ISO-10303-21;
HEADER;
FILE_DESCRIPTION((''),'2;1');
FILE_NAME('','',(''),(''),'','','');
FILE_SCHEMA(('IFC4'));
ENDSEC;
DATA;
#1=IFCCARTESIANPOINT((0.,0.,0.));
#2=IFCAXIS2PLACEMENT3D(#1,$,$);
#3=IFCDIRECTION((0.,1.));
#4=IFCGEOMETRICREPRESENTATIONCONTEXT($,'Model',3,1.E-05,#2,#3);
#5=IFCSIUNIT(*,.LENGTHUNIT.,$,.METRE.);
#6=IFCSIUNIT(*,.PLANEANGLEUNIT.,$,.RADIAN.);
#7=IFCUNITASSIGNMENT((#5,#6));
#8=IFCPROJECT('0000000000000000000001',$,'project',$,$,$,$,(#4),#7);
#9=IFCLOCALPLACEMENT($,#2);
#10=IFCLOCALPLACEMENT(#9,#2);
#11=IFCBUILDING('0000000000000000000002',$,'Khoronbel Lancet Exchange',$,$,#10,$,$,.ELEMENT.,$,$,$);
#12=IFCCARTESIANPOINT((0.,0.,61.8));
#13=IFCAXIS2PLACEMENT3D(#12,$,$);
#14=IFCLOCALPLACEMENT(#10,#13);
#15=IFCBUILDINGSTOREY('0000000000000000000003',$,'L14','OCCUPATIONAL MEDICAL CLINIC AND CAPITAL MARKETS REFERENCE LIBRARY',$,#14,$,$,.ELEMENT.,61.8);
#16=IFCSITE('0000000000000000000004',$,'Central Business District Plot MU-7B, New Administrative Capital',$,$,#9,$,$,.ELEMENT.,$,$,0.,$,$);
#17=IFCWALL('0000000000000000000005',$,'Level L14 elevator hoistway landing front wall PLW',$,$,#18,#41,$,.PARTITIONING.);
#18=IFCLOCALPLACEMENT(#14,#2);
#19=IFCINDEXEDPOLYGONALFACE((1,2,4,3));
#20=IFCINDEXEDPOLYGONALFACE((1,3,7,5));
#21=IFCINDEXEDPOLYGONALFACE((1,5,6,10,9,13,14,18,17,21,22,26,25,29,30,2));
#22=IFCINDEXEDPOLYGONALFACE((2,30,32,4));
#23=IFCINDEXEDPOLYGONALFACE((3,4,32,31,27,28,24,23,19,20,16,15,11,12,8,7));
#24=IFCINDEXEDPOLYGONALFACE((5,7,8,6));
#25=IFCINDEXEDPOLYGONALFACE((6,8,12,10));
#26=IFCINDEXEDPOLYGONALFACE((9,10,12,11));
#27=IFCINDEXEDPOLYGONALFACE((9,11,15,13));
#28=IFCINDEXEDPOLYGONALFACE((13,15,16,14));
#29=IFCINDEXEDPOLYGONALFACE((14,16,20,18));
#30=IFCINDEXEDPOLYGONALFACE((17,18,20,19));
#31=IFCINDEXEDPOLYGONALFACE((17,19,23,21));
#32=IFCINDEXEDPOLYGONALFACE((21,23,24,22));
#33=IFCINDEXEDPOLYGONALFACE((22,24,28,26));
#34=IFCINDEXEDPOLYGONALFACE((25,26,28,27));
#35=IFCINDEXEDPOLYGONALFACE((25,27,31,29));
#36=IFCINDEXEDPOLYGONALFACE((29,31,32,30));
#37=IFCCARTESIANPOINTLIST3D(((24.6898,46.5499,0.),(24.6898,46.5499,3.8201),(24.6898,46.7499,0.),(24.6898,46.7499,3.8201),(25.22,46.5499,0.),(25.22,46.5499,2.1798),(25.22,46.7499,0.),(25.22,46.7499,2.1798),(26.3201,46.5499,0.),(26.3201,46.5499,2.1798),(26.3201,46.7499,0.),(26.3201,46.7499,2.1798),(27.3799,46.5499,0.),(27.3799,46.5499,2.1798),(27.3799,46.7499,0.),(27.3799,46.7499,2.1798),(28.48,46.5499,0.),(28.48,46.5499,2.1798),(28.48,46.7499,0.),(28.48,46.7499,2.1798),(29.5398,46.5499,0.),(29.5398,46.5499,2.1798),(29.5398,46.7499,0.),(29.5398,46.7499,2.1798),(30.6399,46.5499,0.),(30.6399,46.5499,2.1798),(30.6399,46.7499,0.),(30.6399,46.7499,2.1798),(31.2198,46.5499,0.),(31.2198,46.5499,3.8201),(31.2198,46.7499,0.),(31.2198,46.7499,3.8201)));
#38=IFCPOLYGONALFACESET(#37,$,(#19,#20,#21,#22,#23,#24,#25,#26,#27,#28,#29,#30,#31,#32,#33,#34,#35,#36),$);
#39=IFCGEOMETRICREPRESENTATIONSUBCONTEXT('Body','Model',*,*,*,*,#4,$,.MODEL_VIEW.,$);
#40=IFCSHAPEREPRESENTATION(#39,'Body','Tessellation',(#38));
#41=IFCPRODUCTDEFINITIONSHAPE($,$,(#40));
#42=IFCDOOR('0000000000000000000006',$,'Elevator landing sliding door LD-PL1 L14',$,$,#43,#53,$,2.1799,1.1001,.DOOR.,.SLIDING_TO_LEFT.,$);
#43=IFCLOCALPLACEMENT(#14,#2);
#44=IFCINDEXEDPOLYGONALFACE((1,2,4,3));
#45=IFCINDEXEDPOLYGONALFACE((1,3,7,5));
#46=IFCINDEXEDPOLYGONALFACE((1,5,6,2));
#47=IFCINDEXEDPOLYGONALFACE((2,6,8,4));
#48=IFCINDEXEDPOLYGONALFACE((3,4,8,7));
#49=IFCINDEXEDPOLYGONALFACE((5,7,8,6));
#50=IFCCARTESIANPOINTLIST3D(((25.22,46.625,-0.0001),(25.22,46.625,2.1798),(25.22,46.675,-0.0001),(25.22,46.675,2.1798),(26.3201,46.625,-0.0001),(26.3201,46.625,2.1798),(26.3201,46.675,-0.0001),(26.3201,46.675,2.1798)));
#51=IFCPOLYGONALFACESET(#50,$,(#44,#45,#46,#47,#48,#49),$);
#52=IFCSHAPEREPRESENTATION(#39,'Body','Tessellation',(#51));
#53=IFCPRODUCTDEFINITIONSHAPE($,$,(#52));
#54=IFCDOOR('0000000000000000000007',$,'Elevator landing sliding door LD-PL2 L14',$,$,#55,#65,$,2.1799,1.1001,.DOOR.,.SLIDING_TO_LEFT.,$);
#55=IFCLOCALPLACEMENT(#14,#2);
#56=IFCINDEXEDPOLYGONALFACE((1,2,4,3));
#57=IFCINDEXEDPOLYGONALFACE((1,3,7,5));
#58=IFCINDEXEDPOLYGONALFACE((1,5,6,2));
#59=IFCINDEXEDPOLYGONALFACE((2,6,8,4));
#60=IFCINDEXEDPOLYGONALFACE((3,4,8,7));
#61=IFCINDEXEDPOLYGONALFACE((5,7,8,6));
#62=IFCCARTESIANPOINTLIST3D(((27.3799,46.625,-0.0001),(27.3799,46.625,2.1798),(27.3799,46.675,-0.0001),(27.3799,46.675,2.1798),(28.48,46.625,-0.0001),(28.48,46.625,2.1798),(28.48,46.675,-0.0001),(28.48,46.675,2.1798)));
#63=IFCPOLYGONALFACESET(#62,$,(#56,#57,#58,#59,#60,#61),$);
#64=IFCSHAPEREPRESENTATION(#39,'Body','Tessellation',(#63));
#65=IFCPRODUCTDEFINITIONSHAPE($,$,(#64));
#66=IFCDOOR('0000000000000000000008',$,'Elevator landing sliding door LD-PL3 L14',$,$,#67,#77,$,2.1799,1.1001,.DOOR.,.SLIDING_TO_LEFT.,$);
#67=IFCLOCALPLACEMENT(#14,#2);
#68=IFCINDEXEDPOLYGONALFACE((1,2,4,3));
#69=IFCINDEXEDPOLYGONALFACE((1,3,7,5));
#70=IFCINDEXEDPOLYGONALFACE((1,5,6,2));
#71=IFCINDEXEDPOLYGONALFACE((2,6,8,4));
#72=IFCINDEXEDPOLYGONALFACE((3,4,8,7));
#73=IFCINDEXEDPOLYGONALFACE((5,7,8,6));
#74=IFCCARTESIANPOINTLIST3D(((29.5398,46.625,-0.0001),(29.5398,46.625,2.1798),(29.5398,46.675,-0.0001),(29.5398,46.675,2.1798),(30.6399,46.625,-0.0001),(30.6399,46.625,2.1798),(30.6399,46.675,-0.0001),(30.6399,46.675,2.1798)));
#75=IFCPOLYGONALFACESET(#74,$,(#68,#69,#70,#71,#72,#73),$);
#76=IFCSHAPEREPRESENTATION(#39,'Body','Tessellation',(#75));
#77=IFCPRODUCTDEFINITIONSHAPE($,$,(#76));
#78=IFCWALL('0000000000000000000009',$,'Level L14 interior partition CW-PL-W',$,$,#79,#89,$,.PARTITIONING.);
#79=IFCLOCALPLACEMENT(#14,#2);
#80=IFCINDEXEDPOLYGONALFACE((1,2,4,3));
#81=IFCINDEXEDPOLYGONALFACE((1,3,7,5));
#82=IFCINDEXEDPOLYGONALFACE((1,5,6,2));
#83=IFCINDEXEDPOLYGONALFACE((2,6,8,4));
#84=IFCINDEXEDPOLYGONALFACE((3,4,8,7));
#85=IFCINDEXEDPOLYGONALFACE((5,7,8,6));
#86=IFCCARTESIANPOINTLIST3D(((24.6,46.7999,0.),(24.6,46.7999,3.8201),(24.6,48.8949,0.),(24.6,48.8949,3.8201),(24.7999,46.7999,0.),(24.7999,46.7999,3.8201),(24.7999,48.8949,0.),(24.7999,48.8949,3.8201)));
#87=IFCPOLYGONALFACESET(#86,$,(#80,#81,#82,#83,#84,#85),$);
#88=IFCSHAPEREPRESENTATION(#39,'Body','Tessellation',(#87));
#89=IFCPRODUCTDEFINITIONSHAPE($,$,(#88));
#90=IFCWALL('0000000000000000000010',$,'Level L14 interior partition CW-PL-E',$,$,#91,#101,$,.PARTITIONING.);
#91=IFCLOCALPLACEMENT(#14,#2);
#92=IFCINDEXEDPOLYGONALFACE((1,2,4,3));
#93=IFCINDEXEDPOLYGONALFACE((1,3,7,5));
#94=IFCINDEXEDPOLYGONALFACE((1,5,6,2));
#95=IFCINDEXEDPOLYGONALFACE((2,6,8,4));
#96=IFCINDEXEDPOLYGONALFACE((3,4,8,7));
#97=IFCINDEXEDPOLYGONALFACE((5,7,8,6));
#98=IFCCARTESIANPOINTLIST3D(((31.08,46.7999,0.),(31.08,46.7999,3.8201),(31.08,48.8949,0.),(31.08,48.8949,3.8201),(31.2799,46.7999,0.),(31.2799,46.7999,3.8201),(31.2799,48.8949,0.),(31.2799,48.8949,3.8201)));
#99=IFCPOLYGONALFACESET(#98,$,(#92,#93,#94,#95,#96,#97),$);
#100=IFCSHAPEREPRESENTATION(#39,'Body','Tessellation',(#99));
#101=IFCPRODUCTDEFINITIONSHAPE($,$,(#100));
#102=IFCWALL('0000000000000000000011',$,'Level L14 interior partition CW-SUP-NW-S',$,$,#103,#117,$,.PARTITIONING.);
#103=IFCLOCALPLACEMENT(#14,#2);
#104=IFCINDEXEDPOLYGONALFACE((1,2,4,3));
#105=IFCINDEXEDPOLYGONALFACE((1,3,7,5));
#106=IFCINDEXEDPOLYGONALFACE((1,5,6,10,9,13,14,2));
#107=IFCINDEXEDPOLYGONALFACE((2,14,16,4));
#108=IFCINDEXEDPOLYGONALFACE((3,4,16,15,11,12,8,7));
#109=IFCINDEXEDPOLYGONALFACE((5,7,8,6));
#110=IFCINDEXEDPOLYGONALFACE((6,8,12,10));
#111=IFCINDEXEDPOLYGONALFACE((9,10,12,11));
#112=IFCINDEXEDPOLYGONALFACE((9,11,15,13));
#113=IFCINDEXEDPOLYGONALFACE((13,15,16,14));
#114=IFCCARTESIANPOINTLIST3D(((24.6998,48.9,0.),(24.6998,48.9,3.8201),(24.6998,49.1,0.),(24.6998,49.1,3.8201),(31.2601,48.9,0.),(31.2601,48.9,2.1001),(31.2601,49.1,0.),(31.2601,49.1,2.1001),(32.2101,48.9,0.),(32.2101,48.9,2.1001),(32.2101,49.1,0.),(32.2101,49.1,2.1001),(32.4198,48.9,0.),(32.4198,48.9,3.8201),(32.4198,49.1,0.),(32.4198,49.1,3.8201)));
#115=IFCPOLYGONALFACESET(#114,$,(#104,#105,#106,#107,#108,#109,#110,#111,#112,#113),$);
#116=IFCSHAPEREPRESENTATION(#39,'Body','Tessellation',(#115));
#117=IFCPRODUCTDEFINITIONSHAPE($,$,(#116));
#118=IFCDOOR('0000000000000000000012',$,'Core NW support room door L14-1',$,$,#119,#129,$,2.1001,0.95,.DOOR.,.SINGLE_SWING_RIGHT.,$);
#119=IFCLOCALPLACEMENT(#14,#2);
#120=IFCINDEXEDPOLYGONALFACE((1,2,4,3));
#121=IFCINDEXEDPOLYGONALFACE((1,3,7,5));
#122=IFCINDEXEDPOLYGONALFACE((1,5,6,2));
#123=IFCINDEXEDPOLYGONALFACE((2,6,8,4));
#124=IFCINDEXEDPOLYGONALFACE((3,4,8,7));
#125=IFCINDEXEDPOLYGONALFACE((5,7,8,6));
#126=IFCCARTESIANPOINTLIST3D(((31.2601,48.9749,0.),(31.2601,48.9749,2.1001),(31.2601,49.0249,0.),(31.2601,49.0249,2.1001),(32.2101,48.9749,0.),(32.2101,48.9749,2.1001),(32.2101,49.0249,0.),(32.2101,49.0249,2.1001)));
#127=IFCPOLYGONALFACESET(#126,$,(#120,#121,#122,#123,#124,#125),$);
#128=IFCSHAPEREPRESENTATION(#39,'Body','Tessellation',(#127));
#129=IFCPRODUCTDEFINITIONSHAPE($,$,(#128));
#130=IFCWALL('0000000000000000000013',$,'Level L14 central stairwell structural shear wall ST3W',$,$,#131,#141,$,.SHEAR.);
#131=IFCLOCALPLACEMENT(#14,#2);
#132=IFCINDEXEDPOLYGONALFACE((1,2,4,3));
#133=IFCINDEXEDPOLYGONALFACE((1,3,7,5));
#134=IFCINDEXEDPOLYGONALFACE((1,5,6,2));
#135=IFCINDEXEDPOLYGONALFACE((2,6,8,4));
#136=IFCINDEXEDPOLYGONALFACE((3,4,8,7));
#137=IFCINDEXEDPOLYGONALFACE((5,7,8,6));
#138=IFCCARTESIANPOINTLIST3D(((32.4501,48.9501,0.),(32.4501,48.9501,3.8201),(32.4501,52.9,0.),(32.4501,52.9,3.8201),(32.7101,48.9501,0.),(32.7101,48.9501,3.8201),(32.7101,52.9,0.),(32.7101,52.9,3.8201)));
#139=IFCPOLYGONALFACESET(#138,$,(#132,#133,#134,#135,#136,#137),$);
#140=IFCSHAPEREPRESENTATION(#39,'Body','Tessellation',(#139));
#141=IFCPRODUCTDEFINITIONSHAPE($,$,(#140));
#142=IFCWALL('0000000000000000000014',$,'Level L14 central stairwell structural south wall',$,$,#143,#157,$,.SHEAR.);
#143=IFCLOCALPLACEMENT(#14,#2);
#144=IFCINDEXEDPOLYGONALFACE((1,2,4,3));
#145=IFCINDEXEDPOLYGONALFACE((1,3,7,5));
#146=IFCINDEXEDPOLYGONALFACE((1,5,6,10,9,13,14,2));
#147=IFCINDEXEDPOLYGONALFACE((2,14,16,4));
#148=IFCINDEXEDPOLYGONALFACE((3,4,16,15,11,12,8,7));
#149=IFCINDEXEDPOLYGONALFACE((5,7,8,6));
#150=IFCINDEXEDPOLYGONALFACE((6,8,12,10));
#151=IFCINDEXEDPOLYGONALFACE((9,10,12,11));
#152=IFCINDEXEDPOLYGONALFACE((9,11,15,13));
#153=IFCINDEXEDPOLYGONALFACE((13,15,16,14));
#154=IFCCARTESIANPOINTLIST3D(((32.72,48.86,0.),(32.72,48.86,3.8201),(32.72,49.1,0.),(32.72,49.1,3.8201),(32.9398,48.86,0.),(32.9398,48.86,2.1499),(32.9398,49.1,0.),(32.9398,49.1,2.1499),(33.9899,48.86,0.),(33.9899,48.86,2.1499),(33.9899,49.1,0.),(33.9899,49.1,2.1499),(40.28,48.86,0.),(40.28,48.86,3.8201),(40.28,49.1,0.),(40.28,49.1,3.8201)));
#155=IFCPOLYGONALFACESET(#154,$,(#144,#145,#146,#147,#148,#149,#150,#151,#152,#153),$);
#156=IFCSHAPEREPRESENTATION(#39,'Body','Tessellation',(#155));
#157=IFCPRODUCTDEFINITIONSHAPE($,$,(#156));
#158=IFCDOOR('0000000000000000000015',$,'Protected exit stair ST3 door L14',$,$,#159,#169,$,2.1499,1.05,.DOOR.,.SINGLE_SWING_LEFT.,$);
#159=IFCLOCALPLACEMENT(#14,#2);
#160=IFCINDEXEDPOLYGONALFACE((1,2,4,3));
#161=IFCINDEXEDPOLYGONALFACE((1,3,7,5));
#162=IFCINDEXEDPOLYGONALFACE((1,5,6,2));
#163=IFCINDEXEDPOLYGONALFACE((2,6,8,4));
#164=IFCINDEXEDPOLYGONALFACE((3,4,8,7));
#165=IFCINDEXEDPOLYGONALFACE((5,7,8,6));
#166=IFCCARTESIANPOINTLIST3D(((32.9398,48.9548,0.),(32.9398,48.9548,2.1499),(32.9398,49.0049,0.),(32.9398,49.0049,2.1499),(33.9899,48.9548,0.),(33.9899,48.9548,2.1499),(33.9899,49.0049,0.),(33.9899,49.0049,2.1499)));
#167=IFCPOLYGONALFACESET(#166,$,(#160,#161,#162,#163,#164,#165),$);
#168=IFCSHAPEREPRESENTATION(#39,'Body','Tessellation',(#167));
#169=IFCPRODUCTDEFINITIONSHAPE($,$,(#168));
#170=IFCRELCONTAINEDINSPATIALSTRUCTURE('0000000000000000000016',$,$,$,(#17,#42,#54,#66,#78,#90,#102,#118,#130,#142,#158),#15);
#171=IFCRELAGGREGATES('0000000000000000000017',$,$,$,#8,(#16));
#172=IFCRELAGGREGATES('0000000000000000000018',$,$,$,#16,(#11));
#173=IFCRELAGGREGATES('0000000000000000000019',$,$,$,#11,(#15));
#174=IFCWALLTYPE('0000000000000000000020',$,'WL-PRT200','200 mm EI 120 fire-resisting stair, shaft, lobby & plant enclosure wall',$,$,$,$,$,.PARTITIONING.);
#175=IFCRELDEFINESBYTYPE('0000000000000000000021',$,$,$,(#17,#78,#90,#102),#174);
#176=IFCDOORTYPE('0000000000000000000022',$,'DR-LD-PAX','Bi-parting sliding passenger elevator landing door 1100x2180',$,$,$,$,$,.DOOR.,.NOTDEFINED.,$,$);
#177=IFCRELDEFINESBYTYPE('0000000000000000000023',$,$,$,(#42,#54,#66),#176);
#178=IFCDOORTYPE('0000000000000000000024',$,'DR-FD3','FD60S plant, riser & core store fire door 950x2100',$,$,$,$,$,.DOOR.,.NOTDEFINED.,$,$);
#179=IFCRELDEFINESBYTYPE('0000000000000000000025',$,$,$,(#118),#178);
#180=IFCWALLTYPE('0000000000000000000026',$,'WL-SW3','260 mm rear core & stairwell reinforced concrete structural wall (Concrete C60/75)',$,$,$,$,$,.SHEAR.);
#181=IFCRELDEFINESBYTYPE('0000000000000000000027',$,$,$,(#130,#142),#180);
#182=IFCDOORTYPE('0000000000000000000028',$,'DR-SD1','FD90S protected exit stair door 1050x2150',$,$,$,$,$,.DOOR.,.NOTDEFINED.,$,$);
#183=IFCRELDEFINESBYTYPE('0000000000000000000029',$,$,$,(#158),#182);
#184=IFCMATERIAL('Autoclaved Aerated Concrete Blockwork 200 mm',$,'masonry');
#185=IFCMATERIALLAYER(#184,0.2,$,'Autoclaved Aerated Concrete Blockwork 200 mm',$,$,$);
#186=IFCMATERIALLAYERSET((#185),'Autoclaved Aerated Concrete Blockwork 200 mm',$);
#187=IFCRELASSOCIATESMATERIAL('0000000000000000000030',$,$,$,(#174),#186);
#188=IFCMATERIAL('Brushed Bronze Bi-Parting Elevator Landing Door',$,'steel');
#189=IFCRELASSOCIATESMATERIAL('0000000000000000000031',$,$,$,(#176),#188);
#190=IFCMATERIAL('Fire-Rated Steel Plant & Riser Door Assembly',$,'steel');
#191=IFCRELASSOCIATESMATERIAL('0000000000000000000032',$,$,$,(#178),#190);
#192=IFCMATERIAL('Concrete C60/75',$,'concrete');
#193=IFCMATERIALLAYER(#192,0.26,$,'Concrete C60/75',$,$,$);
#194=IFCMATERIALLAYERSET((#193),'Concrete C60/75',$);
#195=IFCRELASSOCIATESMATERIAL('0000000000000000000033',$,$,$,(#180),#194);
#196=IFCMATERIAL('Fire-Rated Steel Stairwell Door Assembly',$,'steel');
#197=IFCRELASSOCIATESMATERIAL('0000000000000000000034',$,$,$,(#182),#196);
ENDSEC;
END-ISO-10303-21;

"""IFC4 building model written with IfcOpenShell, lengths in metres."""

from ifc_helpers import new_model, si_unit, direction, frame, frame_2d, origin, place, context, subcontext, project, spatial, rectangle, extrude, material, layer, layer_set, type_object, element, fill, save


model = new_model("IFC4")

# Units and contexts
model_context = context("Model", 3, precision=1e-05, world=origin(), true_north=direction((0.0, 1.0)))
body_context = subcontext(model_context, "Body", "Model", "MODEL_VIEW")
ifc_project = project(units=[si_unit("LENGTHUNIT", "METRE"), si_unit("PLANEANGLEUNIT", "RADIAN")], contexts=[model_context])

# Site, building, storey
site_placement = place(None, origin())
site = spatial("IfcSite", under=ifc_project, at=site_placement, Name="Central Business District Plot MU-7B, New Administrative Capital", CompositionType="ELEMENT", RefElevation=0.0)
building_placement = place(site_placement, origin())
building = spatial("IfcBuilding", under=site, at=building_placement, Name="Khoronbel Lancet Exchange", CompositionType="ELEMENT")
storey_placement = place(building_placement, frame((0.0, 0.0, 61.8)))
storey = spatial("IfcBuildingStorey", under=building, at=storey_placement, Name="L14", Description="OCCUPATIONAL MEDICAL CLINIC AND CAPITAL MARKETS REFERENCE LIBRARY", CompositionType="ELEMENT", Elevation=61.8)

# Wall, openings, doors
ifc_material_1 = material(Name="Autoclaved Aerated Concrete Blockwork 200 mm", Category="masonry")
ifc_layer_1 = layer(ifc_material_1, 0.2, Name="Autoclaved Aerated Concrete Blockwork 200 mm")
ifc_layer_set_1 = layer_set([ifc_layer_1], Name="Autoclaved Aerated Concrete Blockwork 200 mm")
wall_type_1 = type_object("IfcWallType", Name="WL-PRT200", Description="200 mm EI 120 fire-resisting stair, shaft, lobby & plant enclosure wall", PredefinedType="PARTITIONING", material=ifc_layer_set_1)
wall_1_placement = place(storey_placement, frame((31.22, 46.6499, 0.0), z_axis=(0.0, 0.0, 1.0), x_axis=(-1.0, 0.0, 0.0)))
wall_1 = element("IfcWall", 1, at=wall_1_placement, inside=storey, type_object=wall_type_1, Name="Level L14 elevator hoistway landing front wall PLW", PredefinedType="PARTITIONING", context=body_context, shape_type="SweptSolid", body=[
    extrude(rectangle(XDim=6.53, YDim=0.2, at=frame_2d((3.2651, 0.0))), origin(), (0.0, 0.0, 1.0), 3.8201),
])
opening_1_placement = place(wall_1_placement, frame((4.8999, 0.0, 0.0)))
opening_1 = element("IfcOpeningElement", 2, at=opening_1_placement, cuts=wall_1, PredefinedType="OPENING", context=body_context, shape_type="SweptSolid", body=[
    extrude(rectangle(XDim=1.1001, YDim=2.1799, at=frame_2d((0.55, 1.0898))), frame((0.0, 0.1099, 0.0), z_axis=(0.0, -1.0, 0.0), x_axis=(1.0, 0.0, 0.0)), (0.0, 0.0, 1.0), 0.22),
])
opening_2_placement = place(wall_1_placement, frame((2.74, 0.0, 0.0)))
opening_2 = element("IfcOpeningElement", 3, at=opening_2_placement, cuts=wall_1, PredefinedType="OPENING", context=body_context, shape_type="SweptSolid", body=[
    extrude(rectangle(XDim=1.1001, YDim=2.1799, at=frame_2d((0.55, 1.0898))), frame((0.0, 0.1099, 0.0), z_axis=(0.0, -1.0, 0.0), x_axis=(1.0, 0.0, 0.0)), (0.0, 0.0, 1.0), 0.22),
])
opening_3_placement = place(wall_1_placement, frame((0.5801, 0.0, 0.0)))
opening_3 = element("IfcOpeningElement", 4, at=opening_3_placement, cuts=wall_1, PredefinedType="OPENING", context=body_context, shape_type="SweptSolid", body=[
    extrude(rectangle(XDim=1.1001, YDim=2.1799, at=frame_2d((0.55, 1.0898))), frame((0.0, 0.1099, 0.0), z_axis=(0.0, -1.0, 0.0), x_axis=(1.0, 0.0, 0.0)), (0.0, 0.0, 1.0), 0.22),
])
ifc_material_2 = material(Name="Brushed Bronze Bi-Parting Elevator Landing Door", Category="steel")
door_type_1 = type_object("IfcDoorType", Name="DR-LD-PAX", Description="Bi-parting sliding passenger elevator landing door 1100x2180", OperationType="NOTDEFINED", PredefinedType="DOOR", material=ifc_material_2)
door_1_placement = place(opening_1_placement, origin())
door_1 = element("IfcDoor", 5, at=door_1_placement, inside=storey, type_object=door_type_1, Name="Elevator landing sliding door LD-PL1 L14", OperationType="SLIDING_TO_LEFT", OverallHeight=2.1799, OverallWidth=1.1001, PredefinedType="DOOR", context=body_context, shape_type="SweptSolid", body=[
    extrude(rectangle(XDim=1.1001, YDim=2.1799, at=frame_2d((0.55, 1.0898))), frame((0.0, 0.0249, 0.0), z_axis=(0.0, -1.0, 0.0), x_axis=(1.0, 0.0, 0.0)), (0.0, 0.0, 1.0), 0.05),
])
fill(opening_1, door_1)
door_2_placement = place(opening_2_placement, origin())
door_2 = element("IfcDoor", 6, at=door_2_placement, inside=storey, type_object=door_type_1, Name="Elevator landing sliding door LD-PL2 L14", OperationType="SLIDING_TO_LEFT", OverallHeight=2.1799, OverallWidth=1.1001, PredefinedType="DOOR", context=body_context, shape_type="SweptSolid", body=[
    extrude(rectangle(XDim=1.1001, YDim=2.1799, at=frame_2d((0.55, 1.0898))), frame((0.0, 0.0249, 0.0), z_axis=(0.0, -1.0, 0.0), x_axis=(1.0, 0.0, 0.0)), (0.0, 0.0, 1.0), 0.05),
])
fill(opening_2, door_2)
door_3_placement = place(opening_3_placement, origin())
door_3 = element("IfcDoor", 7, at=door_3_placement, inside=storey, type_object=door_type_1, Name="Elevator landing sliding door LD-PL3 L14", OperationType="SLIDING_TO_LEFT", OverallHeight=2.1799, OverallWidth=1.1001, PredefinedType="DOOR", context=body_context, shape_type="SweptSolid", body=[
    extrude(rectangle(XDim=1.1001, YDim=2.1799, at=frame_2d((0.55, 1.0898))), frame((0.0, 0.0249, 0.0), z_axis=(0.0, -1.0, 0.0), x_axis=(1.0, 0.0, 0.0)), (0.0, 0.0, 1.0), 0.05),
])
fill(opening_3, door_3)

# Walls
for number, where, z_axis, x_axis, name in (
    (8, (24.7, 46.8, 0.0), (0.0, 0.0, 1.0), (0.0, 1.0, 0.0), "Level L14 interior partition CW-PL-W"),
    (9, (31.1799, 46.8, 0.0), (0.0, 0.0, 1.0), (0.0, 1.0, 0.0), "Level L14 interior partition CW-PL-E"),
):
    element("IfcWall", number, at=place(storey_placement, frame(where, z_axis=z_axis, x_axis=x_axis)), inside=storey, type_object=wall_type_1, Name=name, PredefinedType="PARTITIONING", context=body_context, shape_type="SweptSolid", body=[
        extrude(rectangle(XDim=2.095, YDim=0.2, at=frame_2d((1.0474, 0.0))), origin(), (0.0, 0.0, 1.0), 3.8201),
    ])

# Wall, opening, door
wall_2_placement = place(storey_placement, frame((24.7, 49.0, 0.0), z_axis=(0.0, 0.0, 1.0), x_axis=(1.0, 0.0, 0.0)))
wall_2 = element("IfcWall", 10, at=wall_2_placement, inside=storey, type_object=wall_type_1, Name="Level L14 interior partition CW-SUP-NW-S", PredefinedType="PARTITIONING", context=body_context, shape_type="SweptSolid", body=[
    extrude(rectangle(XDim=7.72, YDim=0.2, at=frame_2d((3.8599, 0.0))), origin(), (0.0, 0.0, 1.0), 3.8201),
])
opening_4_placement = place(wall_2_placement, frame((6.5601, 0.0, 0.0)))
opening_4 = element("IfcOpeningElement", 11, at=opening_4_placement, cuts=wall_2, PredefinedType="OPENING", context=body_context, shape_type="SweptSolid", body=[
    extrude(rectangle(XDim=0.95, YDim=2.1001, at=frame_2d((0.4751, 1.05))), frame((0.0, 0.1099, 0.0), z_axis=(0.0, -1.0, 0.0), x_axis=(1.0, 0.0, 0.0)), (0.0, 0.0, 1.0), 0.22),
])
ifc_material_3 = material(Name="Fire-Rated Steel Plant & Riser Door Assembly", Category="steel")
door_type_2 = type_object("IfcDoorType", Name="DR-FD3", Description="FD60S plant, riser & core store fire door 950x2100", OperationType="NOTDEFINED", PredefinedType="DOOR", material=ifc_material_3)
door_4_placement = place(opening_4_placement, origin())
door_4 = element("IfcDoor", 12, at=door_4_placement, inside=storey, type_object=door_type_2, Name="Core NW support room door L14-1", OperationType="SINGLE_SWING_RIGHT", OverallHeight=2.1001, OverallWidth=0.95, PredefinedType="DOOR", context=body_context, shape_type="SweptSolid", body=[
    extrude(rectangle(XDim=0.95, YDim=2.1001, at=frame_2d((0.4751, 1.05))), frame((0.0, 0.0249, 0.0), z_axis=(0.0, -1.0, 0.0), x_axis=(1.0, 0.0, 0.0)), (0.0, 0.0, 1.0), 0.05),
])
fill(opening_4, door_4)

# Wall
ifc_material_4 = material(Name="Concrete C60/75", Category="concrete")
ifc_layer_2 = layer(ifc_material_4, 0.26, Name="Concrete C60/75")
ifc_layer_set_2 = layer_set([ifc_layer_2], Name="Concrete C60/75")
wall_type_2 = type_object("IfcWallType", Name="WL-SW3", Description="260 mm rear core & stairwell reinforced concrete structural wall (Concrete C60/75)", PredefinedType="SHEAR", material=ifc_layer_set_2)
wall_3_placement = place(storey_placement, frame((32.5801, 48.95, 0.0), z_axis=(0.0, 0.0, 1.0), x_axis=(0.0, 1.0, 0.0)))
element("IfcWall", 13, at=wall_3_placement, inside=storey, type_object=wall_type_2, Name="Level L14 central stairwell structural shear wall ST3W", PredefinedType="SHEAR", context=body_context, shape_type="SweptSolid", body=[
    extrude(rectangle(XDim=3.95, YDim=0.26, at=frame_2d((1.9751, 0.0))), origin(), (0.0, 0.0, 1.0), 3.8201),
])

# Wall, opening, door
wall_4_placement = place(storey_placement, frame((32.72, 48.98, 0.0), z_axis=(0.0, 0.0, 1.0), x_axis=(1.0, 0.0, 0.0)))
wall_4 = element("IfcWall", 14, at=wall_4_placement, inside=storey, type_object=wall_type_2, Name="Level L14 central stairwell structural south wall", PredefinedType="SHEAR", context=body_context, shape_type="SweptSolid", body=[
    extrude(rectangle(XDim=7.5601, YDim=0.24, at=frame_2d((3.78, 0.0))), origin(), (0.0, 0.0, 1.0), 3.8201),
])
opening_5_placement = place(wall_4_placement, frame((0.22, 0.0, 0.0)))
opening_5 = element("IfcOpeningElement", 15, at=opening_5_placement, cuts=wall_4, PredefinedType="OPENING", context=body_context, shape_type="SweptSolid", body=[
    extrude(rectangle(XDim=1.05, YDim=2.1499, at=frame_2d((0.5249, 1.075))), frame((0.0, 0.1299, 0.0), z_axis=(0.0, -1.0, 0.0), x_axis=(1.0, 0.0, 0.0)), (0.0, 0.0, 1.0), 0.26),
])
ifc_material_5 = material(Name="Fire-Rated Steel Stairwell Door Assembly", Category="steel")
door_type_3 = type_object("IfcDoorType", Name="DR-SD1", Description="FD90S protected exit stair door 1050x2150", OperationType="NOTDEFINED", PredefinedType="DOOR", material=ifc_material_5)
door_5_placement = place(opening_5_placement, origin())
door_5 = element("IfcDoor", 16, at=door_5_placement, inside=storey, type_object=door_type_3, Name="Protected exit stair ST3 door L14", OperationType="SINGLE_SWING_LEFT", OverallHeight=2.1499, OverallWidth=1.05, PredefinedType="DOOR", context=body_context, shape_type="SweptSolid", body=[
    extrude(rectangle(XDim=1.05, YDim=2.1499, at=frame_2d((0.5249, 1.075))), frame((0.0, 0.0249, 0.0), z_axis=(0.0, -1.0, 0.0), x_axis=(1.0, 0.0, 0.0)), (0.0, 0.0, 1.0), 0.05),
])
fill(opening_5, door_5)

save(model, "model.ifc")
